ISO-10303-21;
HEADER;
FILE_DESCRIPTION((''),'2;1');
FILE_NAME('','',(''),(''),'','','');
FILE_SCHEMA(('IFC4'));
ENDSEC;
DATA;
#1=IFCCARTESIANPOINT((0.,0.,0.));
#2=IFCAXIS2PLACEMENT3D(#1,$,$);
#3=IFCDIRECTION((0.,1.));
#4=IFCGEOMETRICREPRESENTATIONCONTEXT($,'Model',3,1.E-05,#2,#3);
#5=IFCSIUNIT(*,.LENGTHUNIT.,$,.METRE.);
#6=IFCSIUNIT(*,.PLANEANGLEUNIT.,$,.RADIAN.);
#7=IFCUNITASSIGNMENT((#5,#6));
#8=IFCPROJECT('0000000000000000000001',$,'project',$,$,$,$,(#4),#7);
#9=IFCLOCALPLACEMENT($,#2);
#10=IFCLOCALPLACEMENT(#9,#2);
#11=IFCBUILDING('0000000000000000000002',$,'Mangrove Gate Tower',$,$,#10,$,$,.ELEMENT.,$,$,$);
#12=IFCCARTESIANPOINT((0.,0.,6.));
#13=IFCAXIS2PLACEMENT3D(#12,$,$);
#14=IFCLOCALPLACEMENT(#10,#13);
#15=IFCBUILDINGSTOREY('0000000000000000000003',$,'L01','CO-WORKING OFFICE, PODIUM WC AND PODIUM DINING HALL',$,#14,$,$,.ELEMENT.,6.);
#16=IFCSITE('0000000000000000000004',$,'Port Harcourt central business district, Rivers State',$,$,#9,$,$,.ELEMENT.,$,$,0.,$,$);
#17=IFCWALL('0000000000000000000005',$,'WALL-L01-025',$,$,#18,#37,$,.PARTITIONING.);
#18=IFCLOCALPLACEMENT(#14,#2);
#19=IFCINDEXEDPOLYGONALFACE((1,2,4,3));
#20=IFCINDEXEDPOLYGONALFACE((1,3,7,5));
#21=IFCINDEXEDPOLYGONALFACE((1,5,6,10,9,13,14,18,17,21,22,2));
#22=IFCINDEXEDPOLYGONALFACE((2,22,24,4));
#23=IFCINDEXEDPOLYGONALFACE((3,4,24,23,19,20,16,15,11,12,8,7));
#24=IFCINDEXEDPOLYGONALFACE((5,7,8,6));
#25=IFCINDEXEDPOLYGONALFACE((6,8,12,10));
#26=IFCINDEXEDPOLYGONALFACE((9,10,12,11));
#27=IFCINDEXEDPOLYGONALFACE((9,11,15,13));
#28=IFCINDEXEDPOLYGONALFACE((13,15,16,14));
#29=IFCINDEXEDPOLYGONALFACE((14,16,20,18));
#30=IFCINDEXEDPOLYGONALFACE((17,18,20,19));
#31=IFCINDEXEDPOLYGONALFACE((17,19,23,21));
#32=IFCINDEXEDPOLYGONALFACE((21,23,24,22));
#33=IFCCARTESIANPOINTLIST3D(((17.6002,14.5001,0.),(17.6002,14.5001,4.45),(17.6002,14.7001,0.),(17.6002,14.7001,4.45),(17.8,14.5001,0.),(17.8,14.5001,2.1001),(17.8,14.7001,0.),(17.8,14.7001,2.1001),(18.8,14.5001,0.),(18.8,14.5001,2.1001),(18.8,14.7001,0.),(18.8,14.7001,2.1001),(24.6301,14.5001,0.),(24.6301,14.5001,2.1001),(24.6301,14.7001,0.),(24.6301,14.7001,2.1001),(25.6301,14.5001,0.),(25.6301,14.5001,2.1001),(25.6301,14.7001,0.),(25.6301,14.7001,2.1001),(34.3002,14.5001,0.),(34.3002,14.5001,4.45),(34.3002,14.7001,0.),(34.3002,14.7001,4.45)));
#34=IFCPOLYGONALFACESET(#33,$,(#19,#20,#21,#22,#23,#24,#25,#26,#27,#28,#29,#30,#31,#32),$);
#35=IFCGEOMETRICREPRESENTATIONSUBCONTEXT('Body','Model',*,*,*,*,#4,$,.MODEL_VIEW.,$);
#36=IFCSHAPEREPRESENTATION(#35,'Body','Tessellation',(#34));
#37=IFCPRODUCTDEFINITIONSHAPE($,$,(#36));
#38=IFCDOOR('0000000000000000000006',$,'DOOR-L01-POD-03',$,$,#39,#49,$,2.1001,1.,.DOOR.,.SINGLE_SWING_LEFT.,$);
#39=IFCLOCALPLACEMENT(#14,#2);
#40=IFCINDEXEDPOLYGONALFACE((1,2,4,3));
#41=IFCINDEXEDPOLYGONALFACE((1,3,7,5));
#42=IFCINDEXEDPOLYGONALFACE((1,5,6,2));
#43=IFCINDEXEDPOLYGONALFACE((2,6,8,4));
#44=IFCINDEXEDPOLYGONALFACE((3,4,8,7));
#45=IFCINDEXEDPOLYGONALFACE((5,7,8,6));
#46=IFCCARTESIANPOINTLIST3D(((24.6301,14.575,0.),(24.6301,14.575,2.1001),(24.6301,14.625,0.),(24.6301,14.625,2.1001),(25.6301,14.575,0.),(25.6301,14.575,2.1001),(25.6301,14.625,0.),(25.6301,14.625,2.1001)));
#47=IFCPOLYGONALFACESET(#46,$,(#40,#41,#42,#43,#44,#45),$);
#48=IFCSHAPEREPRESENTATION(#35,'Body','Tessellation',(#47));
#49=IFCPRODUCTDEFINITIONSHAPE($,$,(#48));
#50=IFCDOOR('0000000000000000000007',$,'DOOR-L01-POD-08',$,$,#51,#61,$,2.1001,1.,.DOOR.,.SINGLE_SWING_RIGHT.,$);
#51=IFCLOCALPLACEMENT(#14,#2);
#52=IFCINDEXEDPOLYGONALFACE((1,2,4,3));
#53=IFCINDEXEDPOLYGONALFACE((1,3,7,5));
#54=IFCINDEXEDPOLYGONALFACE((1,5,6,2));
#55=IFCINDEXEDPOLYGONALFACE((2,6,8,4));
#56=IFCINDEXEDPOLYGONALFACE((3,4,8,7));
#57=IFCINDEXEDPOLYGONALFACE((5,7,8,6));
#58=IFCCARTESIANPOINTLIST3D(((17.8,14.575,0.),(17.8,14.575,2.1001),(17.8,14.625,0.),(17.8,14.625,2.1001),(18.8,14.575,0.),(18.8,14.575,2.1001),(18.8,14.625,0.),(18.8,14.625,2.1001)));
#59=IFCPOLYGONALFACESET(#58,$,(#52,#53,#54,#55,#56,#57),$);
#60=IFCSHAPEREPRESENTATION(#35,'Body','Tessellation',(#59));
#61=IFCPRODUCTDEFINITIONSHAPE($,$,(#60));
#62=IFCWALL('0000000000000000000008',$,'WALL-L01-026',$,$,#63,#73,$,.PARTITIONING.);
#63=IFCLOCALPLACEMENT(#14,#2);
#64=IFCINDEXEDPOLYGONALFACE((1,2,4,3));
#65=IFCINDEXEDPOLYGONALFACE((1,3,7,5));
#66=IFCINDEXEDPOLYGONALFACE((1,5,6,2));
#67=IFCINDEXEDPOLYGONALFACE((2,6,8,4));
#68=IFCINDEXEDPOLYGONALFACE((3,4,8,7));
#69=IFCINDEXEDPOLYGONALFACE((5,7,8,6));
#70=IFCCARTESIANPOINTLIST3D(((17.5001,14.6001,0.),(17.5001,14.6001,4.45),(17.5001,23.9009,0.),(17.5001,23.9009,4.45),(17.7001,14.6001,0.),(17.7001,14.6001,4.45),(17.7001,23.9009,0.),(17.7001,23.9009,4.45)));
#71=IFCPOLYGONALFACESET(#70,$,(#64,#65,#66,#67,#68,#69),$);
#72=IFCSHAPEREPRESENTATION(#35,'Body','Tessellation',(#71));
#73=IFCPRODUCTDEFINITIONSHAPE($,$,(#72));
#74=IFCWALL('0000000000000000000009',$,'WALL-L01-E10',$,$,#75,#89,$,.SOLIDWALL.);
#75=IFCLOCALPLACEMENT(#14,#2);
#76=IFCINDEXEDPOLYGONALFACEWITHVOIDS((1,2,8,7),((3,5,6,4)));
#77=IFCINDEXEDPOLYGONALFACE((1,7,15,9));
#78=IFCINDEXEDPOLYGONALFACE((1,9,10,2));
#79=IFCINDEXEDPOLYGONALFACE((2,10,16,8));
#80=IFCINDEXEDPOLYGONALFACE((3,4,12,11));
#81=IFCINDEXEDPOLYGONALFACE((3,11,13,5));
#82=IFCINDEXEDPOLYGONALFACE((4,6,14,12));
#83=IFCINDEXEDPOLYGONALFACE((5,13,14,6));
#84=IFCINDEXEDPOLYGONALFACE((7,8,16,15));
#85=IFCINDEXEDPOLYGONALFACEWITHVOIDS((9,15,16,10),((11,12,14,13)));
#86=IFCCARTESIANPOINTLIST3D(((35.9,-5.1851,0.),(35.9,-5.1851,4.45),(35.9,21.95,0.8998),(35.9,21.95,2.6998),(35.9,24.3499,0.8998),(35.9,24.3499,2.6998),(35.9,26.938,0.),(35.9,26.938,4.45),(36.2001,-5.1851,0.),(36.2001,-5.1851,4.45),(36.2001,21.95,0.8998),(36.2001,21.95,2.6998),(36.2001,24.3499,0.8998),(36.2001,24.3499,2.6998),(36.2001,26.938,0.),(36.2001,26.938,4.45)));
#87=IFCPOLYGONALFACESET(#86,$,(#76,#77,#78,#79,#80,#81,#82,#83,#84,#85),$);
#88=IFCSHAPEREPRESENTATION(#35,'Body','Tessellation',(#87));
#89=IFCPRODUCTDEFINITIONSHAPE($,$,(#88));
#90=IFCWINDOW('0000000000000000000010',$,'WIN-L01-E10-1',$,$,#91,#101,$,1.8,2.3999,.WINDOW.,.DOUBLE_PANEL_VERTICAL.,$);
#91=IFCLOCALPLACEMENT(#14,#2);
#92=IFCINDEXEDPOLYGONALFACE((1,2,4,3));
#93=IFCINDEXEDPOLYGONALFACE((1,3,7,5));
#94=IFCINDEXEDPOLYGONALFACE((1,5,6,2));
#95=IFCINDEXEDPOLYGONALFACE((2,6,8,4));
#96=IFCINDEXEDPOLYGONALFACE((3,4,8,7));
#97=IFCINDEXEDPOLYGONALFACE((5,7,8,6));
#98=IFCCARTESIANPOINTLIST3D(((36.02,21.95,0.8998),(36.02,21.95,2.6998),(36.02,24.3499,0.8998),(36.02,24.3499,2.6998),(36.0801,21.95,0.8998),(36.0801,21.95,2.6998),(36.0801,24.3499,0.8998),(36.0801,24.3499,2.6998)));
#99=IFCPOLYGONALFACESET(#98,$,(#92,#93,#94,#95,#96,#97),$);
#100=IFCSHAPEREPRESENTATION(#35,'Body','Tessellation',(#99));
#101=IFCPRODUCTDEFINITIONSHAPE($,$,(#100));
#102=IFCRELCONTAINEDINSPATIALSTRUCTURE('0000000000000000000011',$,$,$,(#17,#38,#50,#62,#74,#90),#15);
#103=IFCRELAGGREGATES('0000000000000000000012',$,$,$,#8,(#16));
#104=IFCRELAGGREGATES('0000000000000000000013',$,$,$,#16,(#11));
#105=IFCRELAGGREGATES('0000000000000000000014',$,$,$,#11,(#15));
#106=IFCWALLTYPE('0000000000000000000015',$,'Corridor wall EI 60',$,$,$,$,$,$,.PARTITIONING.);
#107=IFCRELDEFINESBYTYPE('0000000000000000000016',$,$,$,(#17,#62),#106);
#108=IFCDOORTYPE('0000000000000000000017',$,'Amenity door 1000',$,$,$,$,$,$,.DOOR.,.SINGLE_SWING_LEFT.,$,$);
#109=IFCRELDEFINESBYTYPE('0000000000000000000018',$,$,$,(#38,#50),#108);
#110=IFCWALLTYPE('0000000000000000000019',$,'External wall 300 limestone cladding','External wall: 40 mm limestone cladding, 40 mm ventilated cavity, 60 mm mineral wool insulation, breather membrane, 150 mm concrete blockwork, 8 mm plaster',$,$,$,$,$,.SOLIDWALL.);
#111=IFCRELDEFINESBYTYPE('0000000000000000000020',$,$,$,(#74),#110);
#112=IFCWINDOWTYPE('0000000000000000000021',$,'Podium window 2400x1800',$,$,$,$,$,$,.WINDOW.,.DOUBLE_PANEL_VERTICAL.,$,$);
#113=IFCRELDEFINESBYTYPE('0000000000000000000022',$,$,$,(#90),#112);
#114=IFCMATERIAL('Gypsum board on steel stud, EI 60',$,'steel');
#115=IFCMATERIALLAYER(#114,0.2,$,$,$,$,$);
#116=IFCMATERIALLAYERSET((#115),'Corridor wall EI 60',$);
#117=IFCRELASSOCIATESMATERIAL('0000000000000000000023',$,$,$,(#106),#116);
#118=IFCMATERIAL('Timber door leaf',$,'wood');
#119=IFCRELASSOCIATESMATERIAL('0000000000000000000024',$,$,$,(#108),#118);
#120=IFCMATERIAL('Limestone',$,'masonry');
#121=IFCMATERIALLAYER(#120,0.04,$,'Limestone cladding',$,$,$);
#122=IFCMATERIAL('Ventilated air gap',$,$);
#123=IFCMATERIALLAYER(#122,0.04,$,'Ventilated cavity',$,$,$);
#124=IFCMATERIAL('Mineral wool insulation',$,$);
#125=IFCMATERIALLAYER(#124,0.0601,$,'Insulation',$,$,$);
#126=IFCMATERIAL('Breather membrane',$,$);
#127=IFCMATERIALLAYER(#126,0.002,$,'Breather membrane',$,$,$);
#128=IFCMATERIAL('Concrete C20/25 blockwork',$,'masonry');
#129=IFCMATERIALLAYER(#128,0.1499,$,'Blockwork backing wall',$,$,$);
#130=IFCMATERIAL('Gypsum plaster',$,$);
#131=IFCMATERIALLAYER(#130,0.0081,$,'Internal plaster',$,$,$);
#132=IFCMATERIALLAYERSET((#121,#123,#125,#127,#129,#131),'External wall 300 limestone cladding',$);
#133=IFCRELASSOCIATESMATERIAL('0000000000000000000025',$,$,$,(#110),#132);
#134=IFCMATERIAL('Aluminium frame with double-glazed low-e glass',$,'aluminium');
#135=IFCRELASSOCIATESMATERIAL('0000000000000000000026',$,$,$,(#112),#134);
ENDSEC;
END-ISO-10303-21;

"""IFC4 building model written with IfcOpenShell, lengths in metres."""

from ifc_helpers import new_model, si_unit, direction, frame, frame_2d, origin, place, context, subcontext, project, spatial, rectangle, extrude, material, layer, layer_set, type_object, element, fill, save


model = new_model("IFC4")

# Units and contexts
model_context = context("Model", 3, precision=1e-05, world=origin(), true_north=direction((0.0, 1.0)))
body_context = subcontext(model_context, "Body", "Model", "MODEL_VIEW")
ifc_project = project(units=[si_unit("LENGTHUNIT", "METRE"), si_unit("PLANEANGLEUNIT", "RADIAN")], contexts=[model_context])

# Site, building, storey
site_placement = place(None, origin())
site = spatial("IfcSite", under=ifc_project, at=site_placement, Name="Port Harcourt central business district, Rivers State", CompositionType="ELEMENT", RefElevation=0.0)
building_placement = place(site_placement, origin())
building = spatial("IfcBuilding", under=site, at=building_placement, Name="Mangrove Gate Tower", CompositionType="ELEMENT")
storey_placement = place(building_placement, frame((0.0, 0.0, 6.0)))
storey = spatial("IfcBuildingStorey", under=building, at=storey_placement, Name="L01", Description="CO-WORKING OFFICE, PODIUM WC AND PODIUM DINING HALL", CompositionType="ELEMENT", Elevation=6.0)

# Shared definitions
ifc_material_1 = material(Name="Gypsum board on steel stud, EI 60", Category="steel")
ifc_layer_1 = layer(ifc_material_1, 0.2)
ifc_layer_set_1 = layer_set([ifc_layer_1], Name="Corridor wall EI 60")
wall_type_1 = type_object("IfcWallType", Name="Corridor wall EI 60", PredefinedType="PARTITIONING", material=ifc_layer_set_1)

# Wall, openings, doors
wall_1_placement = place(storey_placement, frame((17.6001, 14.6001, 0.0), z_axis=(0.0, 0.0, 1.0), x_axis=(1.0, 0.0, 0.0)))
wall_1 = element("IfcWall", 1, at=wall_1_placement, inside=storey, type_object=wall_type_1, Name="WALL-L01-025", PredefinedType="PARTITIONING", context=body_context, shape_type="SweptSolid", body=[
    extrude(rectangle(XDim=16.7, YDim=0.2, at=frame_2d((8.3501, 0.0))), origin(), (0.0, 0.0, 1.0), 4.45),
])
opening_1_placement = place(wall_1_placement, frame((7.03, 0.0, 0.0)))
opening_1 = element("IfcOpeningElement", 2, at=opening_1_placement, cuts=wall_1, PredefinedType="OPENING", context=body_context, shape_type="SweptSolid", body=[
    extrude(rectangle(XDim=1.0, YDim=2.1001, at=frame_2d((0.5, 1.05))), frame((0.0, 0.1099, 0.0), z_axis=(0.0, -1.0, 0.0), x_axis=(1.0, 0.0, 0.0)), (0.0, 0.0, 1.0), 0.22),
])
opening_2_placement = place(wall_1_placement, frame((0.2, 0.0, 0.0)))
opening_2 = element("IfcOpeningElement", 3, at=opening_2_placement, cuts=wall_1, PredefinedType="OPENING", context=body_context, shape_type="SweptSolid", body=[
    extrude(rectangle(XDim=1.0, YDim=2.1001, at=frame_2d((0.5, 1.05))), frame((0.0, 0.1099, 0.0), z_axis=(0.0, -1.0, 0.0), x_axis=(1.0, 0.0, 0.0)), (0.0, 0.0, 1.0), 0.22),
])
ifc_material_2 = material(Name="Timber door leaf", Category="wood")
door_type = type_object("IfcDoorType", Name="Amenity door 1000", OperationType="SINGLE_SWING_LEFT", PredefinedType="DOOR", material=ifc_material_2)
door_1_placement = place(opening_1_placement, origin())
door_1 = element("IfcDoor", 4, at=door_1_placement, inside=storey, type_object=door_type, Name="DOOR-L01-POD-03", OperationType="SINGLE_SWING_LEFT", OverallHeight=2.1001, OverallWidth=1.0, PredefinedType="DOOR", context=body_context, shape_type="SweptSolid", body=[
    extrude(rectangle(XDim=1.0, YDim=2.1001, at=frame_2d((0.5, 1.05))), frame((0.0, 0.0249, 0.0), z_axis=(0.0, -1.0, 0.0), x_axis=(1.0, 0.0, 0.0)), (0.0, 0.0, 1.0), 0.05),
])
fill(opening_1, door_1)
door_2_placement = place(opening_2_placement, origin())
door_2 = element("IfcDoor", 5, at=door_2_placement, inside=storey, type_object=door_type, Name="DOOR-L01-POD-08", OperationType="SINGLE_SWING_RIGHT", OverallHeight=2.1001, OverallWidth=1.0, PredefinedType="DOOR", context=body_context, shape_type="SweptSolid", body=[
    extrude(rectangle(XDim=1.0, YDim=2.1001, at=frame_2d((0.5, 1.05))), frame((0.0, 0.0249, 0.0), z_axis=(0.0, -1.0, 0.0), x_axis=(1.0, 0.0, 0.0)), (0.0, 0.0, 1.0), 0.05),
])
fill(opening_2, door_2)

# Wall
wall_2_placement = place(storey_placement, frame((17.6001, 14.6001, 0.0), z_axis=(0.0, 0.0, 1.0), x_axis=(0.0, 1.0, 0.0)))
element("IfcWall", 6, at=wall_2_placement, inside=storey, type_object=wall_type_1, Name="WALL-L01-026", PredefinedType="PARTITIONING", context=body_context, shape_type="SweptSolid", body=[
    extrude(rectangle(XDim=9.3008, YDim=0.2, at=frame_2d((4.6504, 0.0))), origin(), (0.0, 0.0, 1.0), 4.45),
])

# Wall, opening, window
ifc_material_3 = material(Name="Limestone", Category="masonry")
ifc_layer_2 = layer(ifc_material_3, 0.04, Name="Limestone cladding")
ifc_material_4 = material(Name="Ventilated air gap")
ifc_layer_3 = layer(ifc_material_4, 0.04, Name="Ventilated cavity")
ifc_material_5 = material(Name="Mineral wool insulation")
ifc_layer_4 = layer(ifc_material_5, 0.0601, Name="Insulation")
ifc_material_6 = material(Name="Breather membrane")
ifc_layer_5 = layer(ifc_material_6, 0.002, Name="Breather membrane")
ifc_material_7 = material(Name="Concrete C20/25 blockwork", Category="masonry")
ifc_layer_6 = layer(ifc_material_7, 0.1499, Name="Blockwork backing wall")
ifc_material_8 = material(Name="Gypsum plaster")
ifc_layer_7 = layer(ifc_material_8, 0.0081, Name="Internal plaster")
ifc_layer_set_2 = layer_set([ifc_layer_2, ifc_layer_3, ifc_layer_4, ifc_layer_5, ifc_layer_6, ifc_layer_7], Name="External wall 300 limestone cladding")
wall_type_2 = type_object("IfcWallType", Name="External wall 300 limestone cladding", Description="External wall: 40 mm limestone cladding, 40 mm ventilated cavity, 60 mm mineral wool insulation, breather membrane, 150 mm concrete blockwork, 8 mm plaster", PredefinedType="SOLIDWALL", material=ifc_layer_set_2)
wall_3_placement = place(storey_placement, frame((36.05, -5.1851, 0.0), z_axis=(0.0, 0.0, 1.0), x_axis=(0.0, 1.0, 0.0)))
wall_3 = element("IfcWall", 7, at=wall_3_placement, inside=storey, type_object=wall_type_2, Name="WALL-L01-E10", PredefinedType="SOLIDWALL", context=body_context, shape_type="SweptSolid", body=[
    extrude(rectangle(XDim=32.123, YDim=0.3, at=frame_2d((16.0615, 0.0))), origin(), (0.0, 0.0, 1.0), 4.45),
])
opening_3_placement = place(wall_3_placement, frame((27.135, 0.0, 0.8999)))
opening_3 = element("IfcOpeningElement", 8, at=opening_3_placement, cuts=wall_3, PredefinedType="OPENING", context=body_context, shape_type="SweptSolid", body=[
    extrude(rectangle(XDim=2.3999, YDim=1.8, at=frame_2d((1.2, 0.8999))), frame((0.0, 0.1599, 0.0), z_axis=(0.0, -1.0, 0.0), x_axis=(1.0, 0.0, 0.0)), (0.0, 0.0, 1.0), 0.3201),
])
ifc_material_9 = material(Name="Aluminium frame with double-glazed low-e glass", Category="aluminium")
window_type = type_object("IfcWindowType", Name="Podium window 2400x1800", PartitioningType="DOUBLE_PANEL_VERTICAL", PredefinedType="WINDOW", material=ifc_material_9)
window_placement = place(opening_3_placement, origin())
window = element("IfcWindow", 9, at=window_placement, inside=storey, type_object=window_type, Name="WIN-L01-E10-1", OverallHeight=1.8, OverallWidth=2.3999, PartitioningType="DOUBLE_PANEL_VERTICAL", PredefinedType="WINDOW", context=body_context, shape_type="SweptSolid", body=[
    extrude(rectangle(XDim=2.3999, YDim=1.8, at=frame_2d((1.2, 0.8999))), frame((0.0, 0.03, 0.0), z_axis=(0.0, -1.0, 0.0), x_axis=(1.0, 0.0, 0.0)), (0.0, 0.0, 1.0), 0.0601),
])
fill(opening_3, window)

save(model, "model.ifc")
